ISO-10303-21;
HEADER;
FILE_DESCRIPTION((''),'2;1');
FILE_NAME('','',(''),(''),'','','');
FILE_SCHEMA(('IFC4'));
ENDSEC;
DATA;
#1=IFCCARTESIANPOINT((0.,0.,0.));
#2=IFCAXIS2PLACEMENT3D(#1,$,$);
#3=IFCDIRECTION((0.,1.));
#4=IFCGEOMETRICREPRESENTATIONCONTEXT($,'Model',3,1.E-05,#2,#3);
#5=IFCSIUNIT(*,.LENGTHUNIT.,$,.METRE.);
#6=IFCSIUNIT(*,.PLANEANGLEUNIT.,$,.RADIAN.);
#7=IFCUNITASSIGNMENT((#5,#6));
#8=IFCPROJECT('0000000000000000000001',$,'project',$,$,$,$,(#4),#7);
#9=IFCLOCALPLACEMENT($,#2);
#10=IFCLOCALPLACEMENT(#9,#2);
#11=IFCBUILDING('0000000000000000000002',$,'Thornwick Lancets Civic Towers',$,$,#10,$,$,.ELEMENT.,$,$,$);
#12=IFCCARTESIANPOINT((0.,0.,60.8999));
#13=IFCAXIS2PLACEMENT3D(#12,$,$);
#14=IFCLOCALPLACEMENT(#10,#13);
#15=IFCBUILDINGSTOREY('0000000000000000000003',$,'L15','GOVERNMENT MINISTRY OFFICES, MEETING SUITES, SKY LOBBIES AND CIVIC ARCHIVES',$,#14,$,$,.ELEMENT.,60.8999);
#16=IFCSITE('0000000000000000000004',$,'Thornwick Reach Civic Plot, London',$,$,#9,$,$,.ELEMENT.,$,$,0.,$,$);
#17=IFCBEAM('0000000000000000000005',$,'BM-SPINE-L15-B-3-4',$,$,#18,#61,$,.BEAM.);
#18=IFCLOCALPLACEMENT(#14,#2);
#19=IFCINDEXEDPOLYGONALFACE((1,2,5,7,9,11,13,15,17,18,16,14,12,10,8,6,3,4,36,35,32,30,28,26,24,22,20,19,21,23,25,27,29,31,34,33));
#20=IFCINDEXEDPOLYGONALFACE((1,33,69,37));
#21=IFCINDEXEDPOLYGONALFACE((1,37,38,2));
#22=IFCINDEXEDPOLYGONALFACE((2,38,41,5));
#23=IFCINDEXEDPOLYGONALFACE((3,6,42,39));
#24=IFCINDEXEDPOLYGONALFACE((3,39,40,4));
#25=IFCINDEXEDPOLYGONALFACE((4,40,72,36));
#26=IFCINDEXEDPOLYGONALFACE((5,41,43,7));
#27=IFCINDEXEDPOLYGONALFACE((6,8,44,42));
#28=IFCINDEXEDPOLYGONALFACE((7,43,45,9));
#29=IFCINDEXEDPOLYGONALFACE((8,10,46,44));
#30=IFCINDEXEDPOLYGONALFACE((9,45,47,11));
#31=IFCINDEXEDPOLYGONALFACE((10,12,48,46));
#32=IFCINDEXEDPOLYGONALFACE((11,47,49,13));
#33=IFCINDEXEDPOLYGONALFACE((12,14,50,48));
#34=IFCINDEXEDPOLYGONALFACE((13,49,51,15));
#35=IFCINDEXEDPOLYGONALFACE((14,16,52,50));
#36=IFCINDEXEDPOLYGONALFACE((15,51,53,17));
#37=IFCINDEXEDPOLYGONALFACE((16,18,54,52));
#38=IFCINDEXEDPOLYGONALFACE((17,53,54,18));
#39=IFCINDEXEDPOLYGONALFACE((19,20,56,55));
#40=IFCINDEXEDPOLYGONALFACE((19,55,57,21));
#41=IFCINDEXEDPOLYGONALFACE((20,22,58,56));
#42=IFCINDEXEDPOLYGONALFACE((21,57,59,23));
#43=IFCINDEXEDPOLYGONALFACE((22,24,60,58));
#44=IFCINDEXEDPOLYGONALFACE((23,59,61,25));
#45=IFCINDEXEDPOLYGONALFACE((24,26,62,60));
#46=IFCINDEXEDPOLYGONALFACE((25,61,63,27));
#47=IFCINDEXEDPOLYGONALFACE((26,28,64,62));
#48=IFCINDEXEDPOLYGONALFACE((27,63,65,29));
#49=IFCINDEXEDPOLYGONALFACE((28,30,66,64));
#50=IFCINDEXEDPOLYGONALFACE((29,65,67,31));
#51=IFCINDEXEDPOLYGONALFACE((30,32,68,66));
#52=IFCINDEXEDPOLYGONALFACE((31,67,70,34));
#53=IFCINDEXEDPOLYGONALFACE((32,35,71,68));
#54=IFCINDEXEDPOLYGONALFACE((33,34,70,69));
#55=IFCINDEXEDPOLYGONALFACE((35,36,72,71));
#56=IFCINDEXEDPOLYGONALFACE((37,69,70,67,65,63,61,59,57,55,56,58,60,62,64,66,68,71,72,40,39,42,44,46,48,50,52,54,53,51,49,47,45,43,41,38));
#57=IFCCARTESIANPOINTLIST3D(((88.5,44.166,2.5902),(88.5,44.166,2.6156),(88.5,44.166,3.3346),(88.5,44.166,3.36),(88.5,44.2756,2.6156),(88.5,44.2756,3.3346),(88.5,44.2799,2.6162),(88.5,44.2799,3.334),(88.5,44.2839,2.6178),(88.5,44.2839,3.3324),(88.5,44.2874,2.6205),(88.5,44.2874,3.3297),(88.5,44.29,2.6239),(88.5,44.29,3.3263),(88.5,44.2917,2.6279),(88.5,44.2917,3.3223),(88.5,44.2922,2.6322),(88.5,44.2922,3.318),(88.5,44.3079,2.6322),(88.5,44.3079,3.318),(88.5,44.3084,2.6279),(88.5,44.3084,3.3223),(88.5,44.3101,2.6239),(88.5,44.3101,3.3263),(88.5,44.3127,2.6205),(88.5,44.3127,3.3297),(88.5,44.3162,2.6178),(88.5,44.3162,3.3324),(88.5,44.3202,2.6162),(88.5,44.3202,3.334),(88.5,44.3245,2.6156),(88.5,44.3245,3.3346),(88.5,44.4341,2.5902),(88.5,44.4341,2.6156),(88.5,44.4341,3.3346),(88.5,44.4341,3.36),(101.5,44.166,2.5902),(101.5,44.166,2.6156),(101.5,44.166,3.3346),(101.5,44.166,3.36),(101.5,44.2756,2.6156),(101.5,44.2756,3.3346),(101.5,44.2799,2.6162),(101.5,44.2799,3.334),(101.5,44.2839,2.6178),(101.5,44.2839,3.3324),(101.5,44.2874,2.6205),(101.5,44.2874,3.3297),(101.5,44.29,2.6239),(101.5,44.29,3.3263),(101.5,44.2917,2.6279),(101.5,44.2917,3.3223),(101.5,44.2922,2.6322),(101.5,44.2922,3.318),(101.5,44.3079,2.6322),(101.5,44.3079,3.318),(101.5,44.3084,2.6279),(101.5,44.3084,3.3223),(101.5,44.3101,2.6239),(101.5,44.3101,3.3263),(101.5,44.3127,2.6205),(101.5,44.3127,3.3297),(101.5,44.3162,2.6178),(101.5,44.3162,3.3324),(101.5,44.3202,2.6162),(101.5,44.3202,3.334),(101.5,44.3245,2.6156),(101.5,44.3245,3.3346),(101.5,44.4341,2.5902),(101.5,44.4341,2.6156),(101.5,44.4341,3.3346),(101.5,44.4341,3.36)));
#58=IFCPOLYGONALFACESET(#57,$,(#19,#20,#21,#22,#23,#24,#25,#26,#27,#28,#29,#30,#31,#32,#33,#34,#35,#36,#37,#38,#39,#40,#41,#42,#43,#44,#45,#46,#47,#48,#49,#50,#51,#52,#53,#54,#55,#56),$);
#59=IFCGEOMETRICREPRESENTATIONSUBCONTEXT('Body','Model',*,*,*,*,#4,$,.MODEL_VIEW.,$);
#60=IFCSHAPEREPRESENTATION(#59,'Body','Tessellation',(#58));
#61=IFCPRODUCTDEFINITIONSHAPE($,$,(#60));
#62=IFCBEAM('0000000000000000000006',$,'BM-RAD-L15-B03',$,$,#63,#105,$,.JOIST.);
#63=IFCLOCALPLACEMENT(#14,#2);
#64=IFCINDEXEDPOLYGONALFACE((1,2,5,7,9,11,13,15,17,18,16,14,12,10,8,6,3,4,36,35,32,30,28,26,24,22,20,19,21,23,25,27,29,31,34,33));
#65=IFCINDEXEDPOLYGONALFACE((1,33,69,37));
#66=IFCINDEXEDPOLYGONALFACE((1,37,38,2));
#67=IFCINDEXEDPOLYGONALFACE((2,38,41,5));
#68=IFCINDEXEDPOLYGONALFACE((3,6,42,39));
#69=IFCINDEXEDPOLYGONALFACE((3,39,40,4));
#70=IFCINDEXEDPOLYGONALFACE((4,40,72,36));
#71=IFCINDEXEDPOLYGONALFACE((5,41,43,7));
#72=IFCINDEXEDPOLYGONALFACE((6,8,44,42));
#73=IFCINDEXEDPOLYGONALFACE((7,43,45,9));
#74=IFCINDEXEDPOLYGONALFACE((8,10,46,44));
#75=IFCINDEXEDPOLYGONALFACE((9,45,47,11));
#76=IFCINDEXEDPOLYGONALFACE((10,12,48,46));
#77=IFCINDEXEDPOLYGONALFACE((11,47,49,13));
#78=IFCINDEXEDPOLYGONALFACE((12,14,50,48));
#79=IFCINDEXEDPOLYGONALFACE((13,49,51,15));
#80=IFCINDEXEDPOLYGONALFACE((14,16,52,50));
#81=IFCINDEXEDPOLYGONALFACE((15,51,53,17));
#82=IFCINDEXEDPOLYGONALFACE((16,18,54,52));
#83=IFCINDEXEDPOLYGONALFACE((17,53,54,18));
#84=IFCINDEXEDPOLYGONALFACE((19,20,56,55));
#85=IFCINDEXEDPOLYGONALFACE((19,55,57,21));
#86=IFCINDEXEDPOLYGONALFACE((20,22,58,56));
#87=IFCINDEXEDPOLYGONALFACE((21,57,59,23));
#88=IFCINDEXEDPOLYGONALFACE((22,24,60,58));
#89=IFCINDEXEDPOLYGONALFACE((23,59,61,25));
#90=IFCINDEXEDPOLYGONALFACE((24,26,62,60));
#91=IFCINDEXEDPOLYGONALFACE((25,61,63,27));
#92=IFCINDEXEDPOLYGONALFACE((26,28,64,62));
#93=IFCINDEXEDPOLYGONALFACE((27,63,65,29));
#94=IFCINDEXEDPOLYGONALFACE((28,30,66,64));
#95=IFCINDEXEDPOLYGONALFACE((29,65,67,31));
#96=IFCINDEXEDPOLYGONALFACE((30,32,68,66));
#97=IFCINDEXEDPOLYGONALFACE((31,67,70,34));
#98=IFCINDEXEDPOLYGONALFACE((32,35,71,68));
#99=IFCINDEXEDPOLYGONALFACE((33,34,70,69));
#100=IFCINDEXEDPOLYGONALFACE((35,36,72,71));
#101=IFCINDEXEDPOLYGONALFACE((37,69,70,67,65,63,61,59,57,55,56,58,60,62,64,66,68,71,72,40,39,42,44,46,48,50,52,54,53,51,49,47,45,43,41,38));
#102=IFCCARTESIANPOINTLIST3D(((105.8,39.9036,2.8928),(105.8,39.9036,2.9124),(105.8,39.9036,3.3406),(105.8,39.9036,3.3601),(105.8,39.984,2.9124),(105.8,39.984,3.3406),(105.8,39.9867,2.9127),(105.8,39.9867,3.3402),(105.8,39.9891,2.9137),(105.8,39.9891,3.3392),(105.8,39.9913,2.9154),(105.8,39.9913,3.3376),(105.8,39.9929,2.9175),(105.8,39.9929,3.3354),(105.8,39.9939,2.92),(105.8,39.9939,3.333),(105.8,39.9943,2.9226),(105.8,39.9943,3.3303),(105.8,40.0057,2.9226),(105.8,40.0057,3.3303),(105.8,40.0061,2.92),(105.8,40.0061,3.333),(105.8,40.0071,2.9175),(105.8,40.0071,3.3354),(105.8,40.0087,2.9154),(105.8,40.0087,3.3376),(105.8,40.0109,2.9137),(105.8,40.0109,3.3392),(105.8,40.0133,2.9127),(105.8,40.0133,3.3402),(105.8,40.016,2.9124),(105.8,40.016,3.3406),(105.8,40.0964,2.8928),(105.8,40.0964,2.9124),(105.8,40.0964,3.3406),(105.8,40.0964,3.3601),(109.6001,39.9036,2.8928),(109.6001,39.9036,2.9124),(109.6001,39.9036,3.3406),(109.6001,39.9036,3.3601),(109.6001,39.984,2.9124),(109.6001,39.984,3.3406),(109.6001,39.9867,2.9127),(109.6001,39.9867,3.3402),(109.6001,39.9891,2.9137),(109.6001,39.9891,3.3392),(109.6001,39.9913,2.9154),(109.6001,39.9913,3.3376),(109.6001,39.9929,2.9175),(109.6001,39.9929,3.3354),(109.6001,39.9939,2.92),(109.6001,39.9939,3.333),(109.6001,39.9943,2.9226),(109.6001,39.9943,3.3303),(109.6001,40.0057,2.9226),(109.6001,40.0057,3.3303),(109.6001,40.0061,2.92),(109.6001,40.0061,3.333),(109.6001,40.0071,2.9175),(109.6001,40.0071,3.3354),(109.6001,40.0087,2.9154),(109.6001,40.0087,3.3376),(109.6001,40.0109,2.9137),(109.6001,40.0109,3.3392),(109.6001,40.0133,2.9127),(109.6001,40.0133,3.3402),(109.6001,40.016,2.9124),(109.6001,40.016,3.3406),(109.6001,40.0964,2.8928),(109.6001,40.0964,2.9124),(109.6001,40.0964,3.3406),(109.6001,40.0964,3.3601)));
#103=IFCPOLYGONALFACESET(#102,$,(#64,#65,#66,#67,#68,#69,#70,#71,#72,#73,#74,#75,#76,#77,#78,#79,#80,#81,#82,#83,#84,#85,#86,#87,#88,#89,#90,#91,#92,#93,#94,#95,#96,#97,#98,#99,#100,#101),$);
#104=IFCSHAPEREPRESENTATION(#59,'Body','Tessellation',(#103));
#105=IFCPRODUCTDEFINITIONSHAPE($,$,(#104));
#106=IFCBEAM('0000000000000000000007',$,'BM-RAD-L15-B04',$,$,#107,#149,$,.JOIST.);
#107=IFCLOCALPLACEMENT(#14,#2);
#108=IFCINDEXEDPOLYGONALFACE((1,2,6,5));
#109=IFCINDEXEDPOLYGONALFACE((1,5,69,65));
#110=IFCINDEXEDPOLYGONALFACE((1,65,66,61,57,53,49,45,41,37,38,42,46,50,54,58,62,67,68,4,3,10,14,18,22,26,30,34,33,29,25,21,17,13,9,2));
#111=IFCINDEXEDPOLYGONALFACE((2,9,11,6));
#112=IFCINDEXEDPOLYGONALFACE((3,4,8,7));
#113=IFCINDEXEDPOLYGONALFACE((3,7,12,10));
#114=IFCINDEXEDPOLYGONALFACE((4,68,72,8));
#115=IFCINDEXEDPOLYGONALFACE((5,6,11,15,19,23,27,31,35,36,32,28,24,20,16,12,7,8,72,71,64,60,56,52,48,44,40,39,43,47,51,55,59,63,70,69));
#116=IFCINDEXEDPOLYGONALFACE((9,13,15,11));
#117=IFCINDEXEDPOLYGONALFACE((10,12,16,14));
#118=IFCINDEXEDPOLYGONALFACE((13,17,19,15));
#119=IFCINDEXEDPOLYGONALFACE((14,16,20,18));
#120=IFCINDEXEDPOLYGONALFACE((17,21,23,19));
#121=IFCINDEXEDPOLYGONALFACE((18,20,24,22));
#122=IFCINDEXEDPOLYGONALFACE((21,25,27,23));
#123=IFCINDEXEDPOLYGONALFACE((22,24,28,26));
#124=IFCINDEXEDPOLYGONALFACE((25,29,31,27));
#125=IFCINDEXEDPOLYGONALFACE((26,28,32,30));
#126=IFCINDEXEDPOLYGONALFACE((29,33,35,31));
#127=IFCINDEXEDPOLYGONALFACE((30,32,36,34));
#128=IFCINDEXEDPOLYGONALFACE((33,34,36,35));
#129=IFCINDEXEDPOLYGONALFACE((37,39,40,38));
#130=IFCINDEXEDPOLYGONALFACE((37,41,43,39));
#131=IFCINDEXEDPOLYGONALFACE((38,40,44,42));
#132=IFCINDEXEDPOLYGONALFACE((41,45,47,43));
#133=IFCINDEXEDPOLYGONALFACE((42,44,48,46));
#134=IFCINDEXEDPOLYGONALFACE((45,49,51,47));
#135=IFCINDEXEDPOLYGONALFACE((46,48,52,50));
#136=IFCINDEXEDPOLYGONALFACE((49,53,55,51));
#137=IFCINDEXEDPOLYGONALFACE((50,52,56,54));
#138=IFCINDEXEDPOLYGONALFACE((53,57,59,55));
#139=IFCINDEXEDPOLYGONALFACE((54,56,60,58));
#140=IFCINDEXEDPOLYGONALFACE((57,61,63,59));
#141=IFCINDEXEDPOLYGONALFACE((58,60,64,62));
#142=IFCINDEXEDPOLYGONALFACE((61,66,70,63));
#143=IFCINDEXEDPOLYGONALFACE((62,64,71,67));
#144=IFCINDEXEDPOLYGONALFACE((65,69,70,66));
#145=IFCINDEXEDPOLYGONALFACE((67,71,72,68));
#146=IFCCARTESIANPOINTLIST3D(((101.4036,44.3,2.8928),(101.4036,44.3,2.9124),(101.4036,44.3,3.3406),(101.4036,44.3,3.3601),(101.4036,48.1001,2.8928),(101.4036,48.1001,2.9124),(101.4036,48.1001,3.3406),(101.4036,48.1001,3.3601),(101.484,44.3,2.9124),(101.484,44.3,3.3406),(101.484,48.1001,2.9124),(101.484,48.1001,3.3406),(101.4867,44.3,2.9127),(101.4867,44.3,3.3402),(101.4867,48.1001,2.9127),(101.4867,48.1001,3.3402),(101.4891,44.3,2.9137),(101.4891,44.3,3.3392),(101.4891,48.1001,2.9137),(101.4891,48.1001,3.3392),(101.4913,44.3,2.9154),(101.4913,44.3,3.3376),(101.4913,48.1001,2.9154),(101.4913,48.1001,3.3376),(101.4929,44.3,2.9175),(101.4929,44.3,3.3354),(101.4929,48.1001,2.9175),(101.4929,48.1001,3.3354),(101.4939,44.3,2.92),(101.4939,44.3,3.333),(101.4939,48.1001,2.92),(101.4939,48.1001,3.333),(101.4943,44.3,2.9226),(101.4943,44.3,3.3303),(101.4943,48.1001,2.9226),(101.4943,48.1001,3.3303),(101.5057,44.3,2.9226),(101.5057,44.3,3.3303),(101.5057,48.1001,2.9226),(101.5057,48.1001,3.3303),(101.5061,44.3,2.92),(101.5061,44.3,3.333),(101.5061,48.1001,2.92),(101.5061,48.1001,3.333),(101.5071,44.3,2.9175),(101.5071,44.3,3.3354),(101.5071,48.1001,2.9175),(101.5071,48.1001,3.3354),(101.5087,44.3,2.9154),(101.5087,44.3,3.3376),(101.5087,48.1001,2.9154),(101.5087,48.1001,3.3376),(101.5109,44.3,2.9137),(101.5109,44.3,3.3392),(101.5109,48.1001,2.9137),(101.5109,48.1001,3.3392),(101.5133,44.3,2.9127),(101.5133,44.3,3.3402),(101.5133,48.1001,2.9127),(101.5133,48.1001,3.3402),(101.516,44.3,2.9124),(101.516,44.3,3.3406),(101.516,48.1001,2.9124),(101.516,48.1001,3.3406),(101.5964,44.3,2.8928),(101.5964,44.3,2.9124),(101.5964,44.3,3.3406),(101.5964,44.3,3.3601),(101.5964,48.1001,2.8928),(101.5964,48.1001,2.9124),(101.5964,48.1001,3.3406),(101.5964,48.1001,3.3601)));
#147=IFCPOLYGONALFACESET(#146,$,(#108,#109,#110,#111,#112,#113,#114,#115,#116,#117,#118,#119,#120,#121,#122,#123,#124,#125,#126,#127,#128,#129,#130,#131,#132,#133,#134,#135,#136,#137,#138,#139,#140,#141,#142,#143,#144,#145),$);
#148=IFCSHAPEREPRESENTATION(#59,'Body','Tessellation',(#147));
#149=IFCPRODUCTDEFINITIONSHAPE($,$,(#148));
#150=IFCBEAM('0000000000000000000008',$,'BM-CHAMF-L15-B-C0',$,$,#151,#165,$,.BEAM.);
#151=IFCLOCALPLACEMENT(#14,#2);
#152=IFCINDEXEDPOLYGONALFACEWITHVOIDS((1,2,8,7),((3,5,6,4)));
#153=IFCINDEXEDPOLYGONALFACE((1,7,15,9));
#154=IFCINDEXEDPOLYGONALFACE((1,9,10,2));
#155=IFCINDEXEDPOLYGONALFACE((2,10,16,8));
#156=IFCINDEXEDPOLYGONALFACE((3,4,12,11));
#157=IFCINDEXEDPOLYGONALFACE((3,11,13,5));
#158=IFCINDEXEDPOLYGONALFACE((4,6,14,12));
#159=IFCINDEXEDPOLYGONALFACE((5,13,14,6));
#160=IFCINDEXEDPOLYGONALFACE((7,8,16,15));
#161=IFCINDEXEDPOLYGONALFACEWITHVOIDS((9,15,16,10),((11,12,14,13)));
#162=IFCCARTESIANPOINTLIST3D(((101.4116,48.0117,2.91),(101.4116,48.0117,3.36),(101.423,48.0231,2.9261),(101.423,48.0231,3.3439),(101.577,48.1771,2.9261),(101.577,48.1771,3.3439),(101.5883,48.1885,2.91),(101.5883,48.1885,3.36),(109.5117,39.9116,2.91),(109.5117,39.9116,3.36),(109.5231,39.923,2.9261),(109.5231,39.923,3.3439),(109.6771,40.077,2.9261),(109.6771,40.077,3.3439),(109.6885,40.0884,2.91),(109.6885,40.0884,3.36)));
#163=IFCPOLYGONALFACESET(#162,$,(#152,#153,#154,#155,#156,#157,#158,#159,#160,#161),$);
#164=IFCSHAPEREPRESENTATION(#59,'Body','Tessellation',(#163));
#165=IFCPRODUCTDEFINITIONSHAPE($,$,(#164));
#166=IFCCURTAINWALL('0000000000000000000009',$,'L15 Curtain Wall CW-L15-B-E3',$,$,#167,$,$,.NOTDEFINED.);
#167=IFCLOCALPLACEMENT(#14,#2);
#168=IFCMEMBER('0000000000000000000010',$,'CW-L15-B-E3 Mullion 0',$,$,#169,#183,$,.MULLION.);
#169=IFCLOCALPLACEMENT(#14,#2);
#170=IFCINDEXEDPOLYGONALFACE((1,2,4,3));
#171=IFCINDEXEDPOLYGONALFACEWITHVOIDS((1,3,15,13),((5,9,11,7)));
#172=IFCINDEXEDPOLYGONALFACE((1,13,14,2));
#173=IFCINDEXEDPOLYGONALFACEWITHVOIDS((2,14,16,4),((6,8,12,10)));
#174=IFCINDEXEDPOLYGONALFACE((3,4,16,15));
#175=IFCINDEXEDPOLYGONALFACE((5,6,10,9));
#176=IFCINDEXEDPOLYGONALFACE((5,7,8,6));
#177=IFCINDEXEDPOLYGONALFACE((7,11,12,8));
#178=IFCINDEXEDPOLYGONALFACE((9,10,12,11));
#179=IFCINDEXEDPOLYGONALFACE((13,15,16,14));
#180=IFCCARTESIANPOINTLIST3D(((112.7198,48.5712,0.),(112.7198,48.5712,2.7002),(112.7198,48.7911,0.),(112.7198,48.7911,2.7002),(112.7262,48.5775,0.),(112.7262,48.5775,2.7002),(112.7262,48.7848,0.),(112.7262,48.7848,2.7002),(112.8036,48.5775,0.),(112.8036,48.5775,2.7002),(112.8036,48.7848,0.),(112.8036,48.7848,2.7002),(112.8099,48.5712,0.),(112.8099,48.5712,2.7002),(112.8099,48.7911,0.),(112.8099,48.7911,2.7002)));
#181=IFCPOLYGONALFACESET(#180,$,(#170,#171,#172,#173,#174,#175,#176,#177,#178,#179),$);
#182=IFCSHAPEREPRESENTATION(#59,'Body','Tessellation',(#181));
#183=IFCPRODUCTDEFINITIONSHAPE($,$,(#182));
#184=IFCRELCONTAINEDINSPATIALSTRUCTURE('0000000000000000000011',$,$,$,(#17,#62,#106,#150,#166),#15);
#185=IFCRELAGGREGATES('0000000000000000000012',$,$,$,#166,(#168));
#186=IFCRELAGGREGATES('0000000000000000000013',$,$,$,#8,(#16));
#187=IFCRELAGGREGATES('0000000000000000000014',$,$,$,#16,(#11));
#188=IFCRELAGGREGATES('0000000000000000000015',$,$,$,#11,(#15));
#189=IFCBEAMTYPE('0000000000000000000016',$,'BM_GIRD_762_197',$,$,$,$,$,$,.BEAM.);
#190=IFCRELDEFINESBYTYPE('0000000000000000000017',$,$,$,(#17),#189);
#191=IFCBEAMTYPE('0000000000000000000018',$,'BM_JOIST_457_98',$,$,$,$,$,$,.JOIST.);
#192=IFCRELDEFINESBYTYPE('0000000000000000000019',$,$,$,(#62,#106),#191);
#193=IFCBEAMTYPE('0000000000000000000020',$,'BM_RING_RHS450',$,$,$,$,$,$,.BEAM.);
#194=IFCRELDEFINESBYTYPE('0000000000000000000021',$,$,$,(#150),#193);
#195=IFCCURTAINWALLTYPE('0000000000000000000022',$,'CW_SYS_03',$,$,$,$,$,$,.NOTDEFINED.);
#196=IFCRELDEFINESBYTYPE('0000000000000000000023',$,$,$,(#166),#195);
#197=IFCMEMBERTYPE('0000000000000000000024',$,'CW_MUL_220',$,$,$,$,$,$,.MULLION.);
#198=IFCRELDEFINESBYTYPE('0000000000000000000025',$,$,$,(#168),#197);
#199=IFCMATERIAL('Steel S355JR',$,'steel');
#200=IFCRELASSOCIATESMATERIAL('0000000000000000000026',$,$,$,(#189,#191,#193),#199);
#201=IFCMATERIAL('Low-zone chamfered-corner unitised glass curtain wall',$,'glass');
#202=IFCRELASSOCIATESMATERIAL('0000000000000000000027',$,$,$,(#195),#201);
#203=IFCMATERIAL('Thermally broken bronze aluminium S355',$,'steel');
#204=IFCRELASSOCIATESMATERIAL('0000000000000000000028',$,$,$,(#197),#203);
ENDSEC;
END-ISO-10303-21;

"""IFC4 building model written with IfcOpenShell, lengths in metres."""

from ifc_helpers import new_model, si_unit, direction, frame, origin, origin_2d, place, context, subcontext, project, spatial, hollow_rectangle, i_section, extrude, material, material_profile, profile_set, type_object, element, aggregate, save


model = new_model("IFC4")

# Units and contexts
model_context = context("Model", 3, precision=1e-05, world=origin(), true_north=direction((0.0, 1.0)))
body_context = subcontext(model_context, "Body", "Model", "MODEL_VIEW")
ifc_project = project(units=[si_unit("LENGTHUNIT", "METRE"), si_unit("PLANEANGLEUNIT", "RADIAN")], contexts=[model_context])

# Site, building, storey
site_placement = place(None, origin())
site = spatial("IfcSite", under=ifc_project, at=site_placement, Name="Thornwick Reach Civic Plot, London", CompositionType="ELEMENT", RefElevation=0.0)
building_placement = place(site_placement, origin())
building = spatial("IfcBuilding", under=site, at=building_placement, Name="Thornwick Lancets Civic Towers", CompositionType="ELEMENT")
storey_placement = place(building_placement, frame((0.0, 0.0, 60.8999)))
storey = spatial("IfcBuildingStorey", under=building, at=storey_placement, Name="L15", Description="GOVERNMENT MINISTRY OFFICES, MEETING SUITES, SKY LOBBIES AND CIVIC ARCHIVES", CompositionType="ELEMENT", Elevation=60.8999)

# Beams
ifc_material_1 = material(Name="Steel S355JR", Category="steel")
ifc_material_profile_1 = material_profile(ifc_material_1, i_section(OverallWidth=0.2681, OverallDepth=0.7698, WebThickness=0.0156, FlangeThickness=0.0254, FilletRadius=0.0166, at=origin_2d()), Name="UKB 762x267x197")
ifc_profile_set_1 = profile_set([ifc_material_profile_1], Name="Steel S355JR")
beam_type_1 = type_object("IfcBeamType", Name="BM_GIRD_762_197", PredefinedType="BEAM", material=ifc_profile_set_1)
beam_1_placement = place(storey_placement, frame((101.5, 44.3, 2.9751), z_axis=(-1.0, 0.0, 0.0), x_axis=(0.0, -1.0, 0.0)))
element("IfcBeam", 1, at=beam_1_placement, inside=storey, type_object=beam_type_1, Name="BM-SPINE-L15-B-3-4", PredefinedType="BEAM", context=body_context, shape_type="SweptSolid", body=[
    extrude(i_section(OverallWidth=0.2681, OverallDepth=0.7698, WebThickness=0.0156, FlangeThickness=0.0254, FilletRadius=0.0166, at=origin_2d()), origin(), (0.0, 0.0, 1.0), 13.0),
])
ifc_material_profile_2 = material_profile(ifc_material_1, i_section(OverallWidth=0.1929, OverallDepth=0.4673, WebThickness=0.0115, FlangeThickness=0.0195, FilletRadius=0.0103, at=origin_2d()), Name="UKB 457x191x98")
ifc_profile_set_2 = profile_set([ifc_material_profile_2], Name="Steel S355JR")
beam_type_2 = type_object("IfcBeamType", Name="BM_JOIST_457_98", PredefinedType="JOIST", material=ifc_profile_set_2)
for number, where, z_axis, x_axis, name in (
    (2, (105.8, 40.0, 3.1265), (1.0, 0.0, 0.0), (0.0, 1.0, 0.0), "BM-RAD-L15-B03"),
    (3, (101.5, 44.3, 3.1265), (0.0, 1.0, 0.0), (-1.0, 0.0, 0.0), "BM-RAD-L15-B04"),
):
    element("IfcBeam", number, at=place(storey_placement, frame(where, z_axis=z_axis, x_axis=x_axis)), inside=storey, type_object=beam_type_2, Name=name, PredefinedType="JOIST", context=body_context, shape_type="SweptSolid", body=[
        extrude(i_section(OverallWidth=0.1929, OverallDepth=0.4673, WebThickness=0.0115, FlangeThickness=0.0195, FilletRadius=0.0103, at=origin_2d()), origin(), (0.0, 0.0, 1.0), 3.8),
    ])
ifc_material_profile_3 = material_profile(ifc_material_1, hollow_rectangle(XDim=0.25, YDim=0.45, WallThickness=0.0161, at=origin_2d()), Name="RHS 450x250x16")
ifc_profile_set_3 = profile_set([ifc_material_profile_3], Name="Steel S355JR")
beam_type_3 = type_object("IfcBeamType", Name="BM_RING_RHS450", PredefinedType="BEAM", material=ifc_profile_set_3)
beam_2_placement = place(storey_placement, frame((109.6001, 40.0, 3.135), z_axis=(-0.707107, 0.707107, 0.0), x_axis=(-0.707107, -0.707107, 0.0)))
element("IfcBeam", 4, at=beam_2_placement, inside=storey, type_object=beam_type_3, Name="BM-CHAMF-L15-B-C0", PredefinedType="BEAM", context=body_context, shape_type="SweptSolid", body=[
    extrude(hollow_rectangle(XDim=0.25, YDim=0.45, WallThickness=0.0161, at=origin_2d()), origin(), (0.0, 0.0, 1.0), 11.4553),
])

# Curtain wall, member
ifc_material_2 = material(Name="Low-zone chamfered-corner unitised glass curtain wall", Category="glass")
curtain_wall_type = type_object("IfcCurtainWallType", Name="CW_SYS_03", PredefinedType="NOTDEFINED", material=ifc_material_2)
curtain_wall_placement = place(storey_placement, origin())
curtain_wall = element("IfcCurtainWall", 5, at=curtain_wall_placement, inside=storey, type_object=curtain_wall_type, Name="L15 Curtain Wall CW-L15-B-E3", PredefinedType="NOTDEFINED")
ifc_material_3 = material(Name="Thermally broken bronze aluminium S355", Category="steel")
ifc_material_profile_4 = material_profile(ifc_material_3, hollow_rectangle(XDim=0.0901, YDim=0.22, WallThickness=0.0063, at=origin_2d()), Name="RHS 220x90x6.3")
ifc_profile_set_4 = profile_set([ifc_material_profile_4], Name="Thermally broken bronze aluminium S355")
member_type_1 = type_object("IfcMemberType", Name="CW_MUL_220", PredefinedType="MULLION", material=ifc_profile_set_4)
member_1_placement = place(storey_placement, frame((112.7649, 48.6812, 0.0), z_axis=(0.0, 0.0, 1.0), x_axis=(1.0, 0.0, 0.0)))
member_1 = element("IfcMember", 6, at=member_1_placement, type_object=member_type_1, Name="CW-L15-B-E3 Mullion 0", PredefinedType="MULLION", context=body_context, shape_type="SweptSolid", body=[
    extrude(hollow_rectangle(XDim=0.0901, YDim=0.22, WallThickness=0.0063, at=origin_2d()), origin(), (0.0, 0.0, 1.0), 2.7002),
])
aggregate(curtain_wall, [member_1])

save(model, "model.ifc")
